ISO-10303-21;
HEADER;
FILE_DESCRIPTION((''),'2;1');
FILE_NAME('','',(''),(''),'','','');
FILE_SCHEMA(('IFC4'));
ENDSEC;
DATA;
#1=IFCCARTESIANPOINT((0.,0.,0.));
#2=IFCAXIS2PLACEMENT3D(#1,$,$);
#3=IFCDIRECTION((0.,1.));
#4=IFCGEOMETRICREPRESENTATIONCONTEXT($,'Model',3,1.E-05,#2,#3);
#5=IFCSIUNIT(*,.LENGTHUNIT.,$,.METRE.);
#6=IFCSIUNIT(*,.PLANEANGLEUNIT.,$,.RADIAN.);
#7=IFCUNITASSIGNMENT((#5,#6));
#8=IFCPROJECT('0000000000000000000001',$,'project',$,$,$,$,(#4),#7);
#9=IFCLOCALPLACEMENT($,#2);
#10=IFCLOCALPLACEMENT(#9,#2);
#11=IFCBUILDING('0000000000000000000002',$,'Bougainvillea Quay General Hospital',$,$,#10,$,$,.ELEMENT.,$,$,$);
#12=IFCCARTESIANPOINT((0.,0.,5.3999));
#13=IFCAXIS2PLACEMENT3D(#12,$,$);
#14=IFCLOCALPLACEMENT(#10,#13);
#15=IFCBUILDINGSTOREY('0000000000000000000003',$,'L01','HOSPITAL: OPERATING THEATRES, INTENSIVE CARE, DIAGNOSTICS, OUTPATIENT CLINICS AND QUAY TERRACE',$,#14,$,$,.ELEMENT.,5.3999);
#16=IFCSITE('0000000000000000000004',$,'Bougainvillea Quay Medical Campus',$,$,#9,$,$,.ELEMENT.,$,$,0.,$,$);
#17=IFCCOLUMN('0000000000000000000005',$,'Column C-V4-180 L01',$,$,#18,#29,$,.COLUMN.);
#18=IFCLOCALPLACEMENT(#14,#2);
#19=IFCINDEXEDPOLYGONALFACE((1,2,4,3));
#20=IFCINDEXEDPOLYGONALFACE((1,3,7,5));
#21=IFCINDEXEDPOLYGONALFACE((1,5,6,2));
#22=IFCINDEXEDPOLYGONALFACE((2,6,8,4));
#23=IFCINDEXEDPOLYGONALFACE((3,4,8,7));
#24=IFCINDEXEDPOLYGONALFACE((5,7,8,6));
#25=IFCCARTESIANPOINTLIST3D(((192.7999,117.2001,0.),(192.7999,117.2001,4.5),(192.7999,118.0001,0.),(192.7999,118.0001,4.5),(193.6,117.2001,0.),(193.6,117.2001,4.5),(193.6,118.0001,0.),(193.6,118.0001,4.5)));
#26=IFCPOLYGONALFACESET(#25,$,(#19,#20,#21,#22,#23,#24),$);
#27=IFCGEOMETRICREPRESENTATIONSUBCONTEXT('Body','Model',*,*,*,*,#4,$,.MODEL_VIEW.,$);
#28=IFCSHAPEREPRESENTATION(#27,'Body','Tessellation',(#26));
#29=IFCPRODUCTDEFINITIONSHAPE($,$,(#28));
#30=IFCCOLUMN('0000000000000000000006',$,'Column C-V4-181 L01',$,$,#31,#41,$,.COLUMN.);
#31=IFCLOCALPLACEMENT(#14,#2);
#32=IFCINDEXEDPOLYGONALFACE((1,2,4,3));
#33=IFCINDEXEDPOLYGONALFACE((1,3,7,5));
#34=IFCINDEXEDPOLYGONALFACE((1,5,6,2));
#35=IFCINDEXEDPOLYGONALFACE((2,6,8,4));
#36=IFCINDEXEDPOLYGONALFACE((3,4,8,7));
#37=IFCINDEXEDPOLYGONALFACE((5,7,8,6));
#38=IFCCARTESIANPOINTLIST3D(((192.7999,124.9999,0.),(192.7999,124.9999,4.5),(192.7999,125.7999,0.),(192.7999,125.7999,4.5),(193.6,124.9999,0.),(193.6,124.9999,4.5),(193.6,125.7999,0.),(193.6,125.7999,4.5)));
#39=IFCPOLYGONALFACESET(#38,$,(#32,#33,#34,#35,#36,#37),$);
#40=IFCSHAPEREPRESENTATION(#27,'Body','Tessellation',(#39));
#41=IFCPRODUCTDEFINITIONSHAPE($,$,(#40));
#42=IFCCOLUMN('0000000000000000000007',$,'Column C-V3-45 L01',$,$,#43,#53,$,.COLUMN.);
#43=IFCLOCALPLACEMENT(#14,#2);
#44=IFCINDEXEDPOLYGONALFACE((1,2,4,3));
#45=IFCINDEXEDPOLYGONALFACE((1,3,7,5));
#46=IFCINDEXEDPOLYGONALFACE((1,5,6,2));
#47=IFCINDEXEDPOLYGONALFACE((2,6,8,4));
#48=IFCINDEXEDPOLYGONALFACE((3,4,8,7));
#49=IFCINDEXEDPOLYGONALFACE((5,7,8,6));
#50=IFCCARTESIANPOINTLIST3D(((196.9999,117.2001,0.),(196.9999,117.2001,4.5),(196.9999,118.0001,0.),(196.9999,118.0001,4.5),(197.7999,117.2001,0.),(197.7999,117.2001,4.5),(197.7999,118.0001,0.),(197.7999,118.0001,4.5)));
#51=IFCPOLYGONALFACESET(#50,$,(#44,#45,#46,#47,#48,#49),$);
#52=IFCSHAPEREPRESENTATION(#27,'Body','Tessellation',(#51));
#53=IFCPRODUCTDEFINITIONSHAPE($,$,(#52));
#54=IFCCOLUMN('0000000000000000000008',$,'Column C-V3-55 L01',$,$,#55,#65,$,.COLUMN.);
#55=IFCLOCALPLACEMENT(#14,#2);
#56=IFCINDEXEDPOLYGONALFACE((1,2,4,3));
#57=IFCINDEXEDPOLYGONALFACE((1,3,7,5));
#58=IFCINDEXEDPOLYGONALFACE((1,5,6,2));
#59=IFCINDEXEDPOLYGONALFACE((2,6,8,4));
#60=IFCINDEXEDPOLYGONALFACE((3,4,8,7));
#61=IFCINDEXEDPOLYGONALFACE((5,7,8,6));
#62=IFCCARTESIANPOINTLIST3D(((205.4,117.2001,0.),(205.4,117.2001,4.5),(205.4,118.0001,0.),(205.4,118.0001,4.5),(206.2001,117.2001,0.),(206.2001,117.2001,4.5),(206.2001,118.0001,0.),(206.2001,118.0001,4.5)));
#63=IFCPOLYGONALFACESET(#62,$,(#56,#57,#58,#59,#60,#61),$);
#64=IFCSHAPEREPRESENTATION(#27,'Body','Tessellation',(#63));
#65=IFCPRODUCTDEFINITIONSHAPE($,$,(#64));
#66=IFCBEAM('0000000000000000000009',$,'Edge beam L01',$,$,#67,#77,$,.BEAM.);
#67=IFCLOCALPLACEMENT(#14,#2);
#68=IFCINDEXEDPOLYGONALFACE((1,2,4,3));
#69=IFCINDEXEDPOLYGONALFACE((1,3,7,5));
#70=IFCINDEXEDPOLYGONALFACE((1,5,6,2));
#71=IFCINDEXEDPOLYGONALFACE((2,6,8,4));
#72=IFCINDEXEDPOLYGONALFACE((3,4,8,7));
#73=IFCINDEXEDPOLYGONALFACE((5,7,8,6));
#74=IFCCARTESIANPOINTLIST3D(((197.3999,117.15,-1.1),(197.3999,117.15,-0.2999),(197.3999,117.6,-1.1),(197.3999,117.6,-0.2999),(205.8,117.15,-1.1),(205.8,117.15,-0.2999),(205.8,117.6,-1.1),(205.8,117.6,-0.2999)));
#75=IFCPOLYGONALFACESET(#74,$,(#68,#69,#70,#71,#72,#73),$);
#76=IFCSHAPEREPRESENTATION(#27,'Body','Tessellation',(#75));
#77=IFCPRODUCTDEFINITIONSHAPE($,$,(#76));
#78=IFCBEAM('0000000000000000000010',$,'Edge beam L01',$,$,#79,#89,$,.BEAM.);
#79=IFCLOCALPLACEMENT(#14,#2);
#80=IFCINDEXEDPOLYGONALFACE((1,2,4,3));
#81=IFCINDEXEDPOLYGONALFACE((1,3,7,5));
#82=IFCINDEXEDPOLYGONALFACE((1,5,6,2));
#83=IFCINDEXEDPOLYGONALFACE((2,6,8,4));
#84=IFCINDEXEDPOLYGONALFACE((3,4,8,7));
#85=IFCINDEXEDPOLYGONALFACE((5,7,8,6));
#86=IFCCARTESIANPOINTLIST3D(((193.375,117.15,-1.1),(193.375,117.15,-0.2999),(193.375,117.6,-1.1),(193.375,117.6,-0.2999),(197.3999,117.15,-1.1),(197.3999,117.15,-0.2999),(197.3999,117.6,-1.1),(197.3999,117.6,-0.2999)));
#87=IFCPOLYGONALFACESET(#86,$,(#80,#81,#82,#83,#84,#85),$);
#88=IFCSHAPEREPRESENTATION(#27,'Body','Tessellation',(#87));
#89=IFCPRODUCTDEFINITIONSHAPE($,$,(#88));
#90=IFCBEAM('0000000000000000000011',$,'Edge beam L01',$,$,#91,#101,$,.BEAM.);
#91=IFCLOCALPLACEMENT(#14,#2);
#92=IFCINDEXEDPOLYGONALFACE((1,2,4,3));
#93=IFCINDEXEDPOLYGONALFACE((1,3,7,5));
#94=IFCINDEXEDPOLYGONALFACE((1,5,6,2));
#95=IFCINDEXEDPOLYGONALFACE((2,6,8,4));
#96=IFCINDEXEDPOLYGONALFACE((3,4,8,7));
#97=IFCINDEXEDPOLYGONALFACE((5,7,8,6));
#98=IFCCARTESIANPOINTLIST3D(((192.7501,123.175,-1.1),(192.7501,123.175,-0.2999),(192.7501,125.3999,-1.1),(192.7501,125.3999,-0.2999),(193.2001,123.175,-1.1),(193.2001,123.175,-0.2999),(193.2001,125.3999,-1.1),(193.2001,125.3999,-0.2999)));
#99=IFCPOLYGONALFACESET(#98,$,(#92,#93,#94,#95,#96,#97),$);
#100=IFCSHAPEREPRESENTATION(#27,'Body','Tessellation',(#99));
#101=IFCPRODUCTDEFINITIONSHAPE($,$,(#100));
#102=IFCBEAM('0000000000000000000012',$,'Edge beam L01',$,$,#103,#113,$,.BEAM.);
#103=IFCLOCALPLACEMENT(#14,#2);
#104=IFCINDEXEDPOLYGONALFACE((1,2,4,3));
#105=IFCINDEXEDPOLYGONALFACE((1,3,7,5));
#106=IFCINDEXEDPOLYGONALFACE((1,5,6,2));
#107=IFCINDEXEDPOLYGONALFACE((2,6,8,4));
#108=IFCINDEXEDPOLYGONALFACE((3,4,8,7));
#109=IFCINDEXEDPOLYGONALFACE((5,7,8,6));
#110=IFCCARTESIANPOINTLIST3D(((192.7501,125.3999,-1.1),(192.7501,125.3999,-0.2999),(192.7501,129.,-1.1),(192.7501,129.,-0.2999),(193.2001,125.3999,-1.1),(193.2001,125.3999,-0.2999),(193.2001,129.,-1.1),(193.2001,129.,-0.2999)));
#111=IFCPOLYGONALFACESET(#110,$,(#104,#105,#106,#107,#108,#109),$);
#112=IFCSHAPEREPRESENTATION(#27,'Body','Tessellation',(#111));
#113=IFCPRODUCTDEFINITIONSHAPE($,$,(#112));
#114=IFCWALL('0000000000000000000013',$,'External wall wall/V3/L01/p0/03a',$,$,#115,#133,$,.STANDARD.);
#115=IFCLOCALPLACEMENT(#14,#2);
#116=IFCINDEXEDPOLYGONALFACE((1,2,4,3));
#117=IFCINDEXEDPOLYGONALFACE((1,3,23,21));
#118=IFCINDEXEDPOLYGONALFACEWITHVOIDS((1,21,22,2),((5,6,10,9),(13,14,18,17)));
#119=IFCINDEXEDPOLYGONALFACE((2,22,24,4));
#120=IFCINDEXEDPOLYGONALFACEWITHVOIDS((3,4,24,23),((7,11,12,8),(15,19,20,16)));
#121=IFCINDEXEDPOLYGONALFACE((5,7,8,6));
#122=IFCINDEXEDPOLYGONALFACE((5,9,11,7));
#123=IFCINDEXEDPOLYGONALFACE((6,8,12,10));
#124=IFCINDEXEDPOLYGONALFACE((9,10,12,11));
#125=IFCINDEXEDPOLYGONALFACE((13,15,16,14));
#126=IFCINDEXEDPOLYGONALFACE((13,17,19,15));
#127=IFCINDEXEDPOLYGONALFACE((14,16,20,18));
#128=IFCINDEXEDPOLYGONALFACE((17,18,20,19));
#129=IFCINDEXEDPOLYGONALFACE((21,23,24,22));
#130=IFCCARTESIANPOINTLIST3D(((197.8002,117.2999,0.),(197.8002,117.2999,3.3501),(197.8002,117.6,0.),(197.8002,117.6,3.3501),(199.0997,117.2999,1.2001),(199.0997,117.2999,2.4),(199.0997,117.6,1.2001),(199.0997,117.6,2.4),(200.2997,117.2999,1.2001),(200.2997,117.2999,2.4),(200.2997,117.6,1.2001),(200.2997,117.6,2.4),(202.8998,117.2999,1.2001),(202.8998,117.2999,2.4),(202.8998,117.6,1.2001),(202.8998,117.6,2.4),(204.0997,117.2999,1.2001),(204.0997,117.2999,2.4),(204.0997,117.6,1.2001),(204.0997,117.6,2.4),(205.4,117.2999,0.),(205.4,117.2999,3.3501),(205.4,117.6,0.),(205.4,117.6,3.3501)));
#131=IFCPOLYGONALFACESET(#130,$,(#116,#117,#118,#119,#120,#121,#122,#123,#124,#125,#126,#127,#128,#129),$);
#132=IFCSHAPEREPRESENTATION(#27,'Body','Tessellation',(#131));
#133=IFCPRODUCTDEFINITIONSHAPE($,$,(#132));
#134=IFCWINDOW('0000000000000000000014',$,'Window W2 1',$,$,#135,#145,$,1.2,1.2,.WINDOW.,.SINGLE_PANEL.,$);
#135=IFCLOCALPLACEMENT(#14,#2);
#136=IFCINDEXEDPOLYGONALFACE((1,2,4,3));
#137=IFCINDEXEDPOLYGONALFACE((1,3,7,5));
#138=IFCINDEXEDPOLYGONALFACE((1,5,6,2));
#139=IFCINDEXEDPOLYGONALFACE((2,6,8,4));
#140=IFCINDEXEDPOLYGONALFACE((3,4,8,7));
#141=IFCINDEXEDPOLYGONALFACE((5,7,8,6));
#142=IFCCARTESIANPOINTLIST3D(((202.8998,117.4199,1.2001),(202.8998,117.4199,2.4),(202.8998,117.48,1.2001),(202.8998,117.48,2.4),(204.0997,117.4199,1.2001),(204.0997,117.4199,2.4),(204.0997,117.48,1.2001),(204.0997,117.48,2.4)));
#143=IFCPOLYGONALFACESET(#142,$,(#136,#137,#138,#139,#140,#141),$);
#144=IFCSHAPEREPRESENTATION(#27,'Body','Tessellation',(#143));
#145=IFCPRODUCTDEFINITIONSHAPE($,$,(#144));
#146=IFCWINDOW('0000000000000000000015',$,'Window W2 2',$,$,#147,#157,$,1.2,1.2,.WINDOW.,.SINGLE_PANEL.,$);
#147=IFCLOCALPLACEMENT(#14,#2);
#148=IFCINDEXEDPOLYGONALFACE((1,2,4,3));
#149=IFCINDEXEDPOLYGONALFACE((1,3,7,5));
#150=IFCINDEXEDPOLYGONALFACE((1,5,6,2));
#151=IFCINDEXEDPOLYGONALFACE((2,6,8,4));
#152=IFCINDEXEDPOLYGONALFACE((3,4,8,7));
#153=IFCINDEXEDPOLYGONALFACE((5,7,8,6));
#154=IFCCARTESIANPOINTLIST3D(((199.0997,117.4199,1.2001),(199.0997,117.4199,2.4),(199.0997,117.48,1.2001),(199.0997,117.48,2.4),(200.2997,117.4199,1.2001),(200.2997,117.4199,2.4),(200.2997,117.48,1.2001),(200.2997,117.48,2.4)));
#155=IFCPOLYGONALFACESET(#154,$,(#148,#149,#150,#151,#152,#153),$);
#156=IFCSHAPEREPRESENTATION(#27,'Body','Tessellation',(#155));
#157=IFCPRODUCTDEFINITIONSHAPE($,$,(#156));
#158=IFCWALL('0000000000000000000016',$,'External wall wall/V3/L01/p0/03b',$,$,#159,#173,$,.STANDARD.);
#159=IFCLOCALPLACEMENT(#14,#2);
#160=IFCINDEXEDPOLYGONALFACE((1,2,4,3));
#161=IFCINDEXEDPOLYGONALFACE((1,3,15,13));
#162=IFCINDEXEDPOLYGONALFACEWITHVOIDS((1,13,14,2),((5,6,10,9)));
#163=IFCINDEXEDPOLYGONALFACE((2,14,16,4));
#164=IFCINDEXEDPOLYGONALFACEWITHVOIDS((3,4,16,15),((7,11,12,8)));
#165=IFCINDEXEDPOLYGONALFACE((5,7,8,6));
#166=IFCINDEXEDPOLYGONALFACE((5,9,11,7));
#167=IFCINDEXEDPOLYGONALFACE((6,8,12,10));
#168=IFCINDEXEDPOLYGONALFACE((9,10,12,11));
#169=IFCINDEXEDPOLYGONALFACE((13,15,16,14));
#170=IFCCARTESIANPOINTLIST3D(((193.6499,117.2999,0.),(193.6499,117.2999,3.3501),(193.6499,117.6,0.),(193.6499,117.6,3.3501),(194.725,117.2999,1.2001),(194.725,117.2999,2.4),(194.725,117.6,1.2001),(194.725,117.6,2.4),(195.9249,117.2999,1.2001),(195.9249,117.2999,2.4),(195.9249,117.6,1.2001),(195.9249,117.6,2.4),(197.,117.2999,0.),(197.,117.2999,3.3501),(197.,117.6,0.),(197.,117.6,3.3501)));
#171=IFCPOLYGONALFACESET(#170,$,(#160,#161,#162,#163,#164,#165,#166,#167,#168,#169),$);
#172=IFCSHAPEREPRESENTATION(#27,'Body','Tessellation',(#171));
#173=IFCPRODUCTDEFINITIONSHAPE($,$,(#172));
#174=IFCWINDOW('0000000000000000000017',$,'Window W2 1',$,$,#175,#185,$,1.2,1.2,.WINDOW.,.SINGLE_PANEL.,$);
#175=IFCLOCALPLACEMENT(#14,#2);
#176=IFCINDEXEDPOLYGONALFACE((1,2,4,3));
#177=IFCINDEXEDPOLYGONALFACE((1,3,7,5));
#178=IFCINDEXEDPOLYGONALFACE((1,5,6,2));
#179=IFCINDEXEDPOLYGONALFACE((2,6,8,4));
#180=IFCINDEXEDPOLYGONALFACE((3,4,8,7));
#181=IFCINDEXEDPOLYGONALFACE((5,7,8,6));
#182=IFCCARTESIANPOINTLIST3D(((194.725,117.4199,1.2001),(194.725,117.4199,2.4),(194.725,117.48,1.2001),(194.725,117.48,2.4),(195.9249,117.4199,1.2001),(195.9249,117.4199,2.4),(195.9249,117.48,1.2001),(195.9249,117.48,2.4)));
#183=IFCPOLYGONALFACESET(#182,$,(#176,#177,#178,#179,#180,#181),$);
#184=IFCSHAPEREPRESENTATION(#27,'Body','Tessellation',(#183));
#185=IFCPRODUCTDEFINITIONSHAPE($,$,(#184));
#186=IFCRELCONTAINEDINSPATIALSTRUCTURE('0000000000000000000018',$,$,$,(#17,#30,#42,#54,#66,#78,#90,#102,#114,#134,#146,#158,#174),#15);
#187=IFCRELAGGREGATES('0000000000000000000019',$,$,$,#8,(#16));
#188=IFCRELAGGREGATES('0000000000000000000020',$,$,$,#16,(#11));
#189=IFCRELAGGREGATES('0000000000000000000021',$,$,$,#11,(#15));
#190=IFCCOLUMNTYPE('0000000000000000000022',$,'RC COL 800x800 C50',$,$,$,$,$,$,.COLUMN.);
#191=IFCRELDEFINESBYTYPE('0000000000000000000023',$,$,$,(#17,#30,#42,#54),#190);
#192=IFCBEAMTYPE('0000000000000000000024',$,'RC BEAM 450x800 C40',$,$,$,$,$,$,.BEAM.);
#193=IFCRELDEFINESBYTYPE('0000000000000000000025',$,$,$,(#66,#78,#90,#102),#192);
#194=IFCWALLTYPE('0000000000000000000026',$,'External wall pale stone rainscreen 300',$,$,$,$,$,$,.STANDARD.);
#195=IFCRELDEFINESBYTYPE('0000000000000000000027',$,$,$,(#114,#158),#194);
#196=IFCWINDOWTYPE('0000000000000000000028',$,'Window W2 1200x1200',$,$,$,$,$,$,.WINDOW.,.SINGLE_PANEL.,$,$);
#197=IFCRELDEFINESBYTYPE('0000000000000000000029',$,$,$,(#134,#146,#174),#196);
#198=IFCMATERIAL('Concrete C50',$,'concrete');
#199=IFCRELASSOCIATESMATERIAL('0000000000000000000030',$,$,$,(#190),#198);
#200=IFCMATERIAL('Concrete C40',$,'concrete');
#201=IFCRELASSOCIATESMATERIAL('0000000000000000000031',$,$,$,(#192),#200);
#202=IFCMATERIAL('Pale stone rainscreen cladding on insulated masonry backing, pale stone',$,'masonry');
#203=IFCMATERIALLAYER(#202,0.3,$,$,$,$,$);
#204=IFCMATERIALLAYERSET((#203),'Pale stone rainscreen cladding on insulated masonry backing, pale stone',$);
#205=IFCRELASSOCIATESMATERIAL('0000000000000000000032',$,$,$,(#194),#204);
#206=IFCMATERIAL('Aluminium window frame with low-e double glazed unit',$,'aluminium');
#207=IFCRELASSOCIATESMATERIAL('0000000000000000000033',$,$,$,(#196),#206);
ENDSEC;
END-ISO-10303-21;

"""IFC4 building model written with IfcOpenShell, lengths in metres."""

from ifc_helpers import new_model, si_unit, direction, frame, frame_2d, origin, origin_2d, place, context, subcontext, project, spatial, rectangle, extrude, material, layer, layer_set, material_profile, profile_set, type_object, element, fill, save


model = new_model("IFC4")

# Units and contexts
model_context = context("Model", 3, precision=1e-05, world=origin(), true_north=direction((0.0, 1.0)))
body_context = subcontext(model_context, "Body", "Model", "MODEL_VIEW")
ifc_project = project(units=[si_unit("LENGTHUNIT", "METRE"), si_unit("PLANEANGLEUNIT", "RADIAN")], contexts=[model_context])

# Site, building, storey
site_placement = place(None, origin())
site = spatial("IfcSite", under=ifc_project, at=site_placement, Name="Bougainvillea Quay Medical Campus", CompositionType="ELEMENT", RefElevation=0.0)
building_placement = place(site_placement, origin())
building = spatial("IfcBuilding", under=site, at=building_placement, Name="Bougainvillea Quay General Hospital", CompositionType="ELEMENT")
storey_placement = place(building_placement, frame((0.0, 0.0, 5.3999)))
storey = spatial("IfcBuildingStorey", under=building, at=storey_placement, Name="L01", Description="HOSPITAL: OPERATING THEATRES, INTENSIVE CARE, DIAGNOSTICS, OUTPATIENT CLINICS AND QUAY TERRACE", CompositionType="ELEMENT", Elevation=5.3999)

# Columns
ifc_material_1 = material(Name="Concrete C50", Category="concrete")
ifc_material_profile_1 = material_profile(ifc_material_1, rectangle(XDim=0.8, YDim=0.8, at=origin_2d()))
ifc_profile_set_1 = profile_set([ifc_material_profile_1], Name="Concrete C50")
column_type = type_object("IfcColumnType", Name="RC COL 800x800 C50", PredefinedType="COLUMN", material=ifc_profile_set_1)
for number, where, z_axis, x_axis, name in (
    (1, (193.2, 117.6001, 0.0), (0.0, 0.0, 1.0), (1.0, 0.0, 0.0), "Column C-V4-180 L01"),
    (2, (193.2, 125.3999, 0.0), (0.0, 0.0, 1.0), (1.0, 0.0, 0.0), "Column C-V4-181 L01"),
    (3, (197.3999, 117.6001, 0.0), (0.0, 0.0, 1.0), (1.0, 0.0, 0.0), "Column C-V3-45 L01"),
    (4, (205.8, 117.6001, 0.0), (0.0, 0.0, 1.0), (1.0, 0.0, 0.0), "Column C-V3-55 L01"),
):
    element("IfcColumn", number, at=place(storey_placement, frame(where, z_axis=z_axis, x_axis=x_axis)), inside=storey, type_object=column_type, Name=name, PredefinedType="COLUMN", context=body_context, shape_type="SweptSolid", body=[
        extrude(rectangle(XDim=0.8, YDim=0.8, at=origin_2d()), origin(), (0.0, 0.0, 1.0), 4.5),
    ])

# Beams
ifc_material_2 = material(Name="Concrete C40", Category="concrete")
ifc_material_profile_2 = material_profile(ifc_material_2, rectangle(XDim=0.45, YDim=0.8, at=origin_2d()))
ifc_profile_set_2 = profile_set([ifc_material_profile_2], Name="Concrete C40")
beam_type = type_object("IfcBeamType", Name="RC BEAM 450x800 C40", PredefinedType="BEAM", material=ifc_profile_set_2)
beam_1_placement = place(storey_placement, frame((205.8, 117.375, -0.7), z_axis=(-1.0, 0.0, 0.0), x_axis=(0.0, -1.0, 0.0)))
element("IfcBeam", 5, at=beam_1_placement, inside=storey, type_object=beam_type, Name="Edge beam L01", PredefinedType="BEAM", context=body_context, shape_type="SweptSolid", body=[
    extrude(rectangle(XDim=0.45, YDim=0.8, at=origin_2d()), origin(), (0.0, 0.0, 1.0), 8.4001),
])
beam_2_placement = place(storey_placement, frame((197.3999, 117.375, -0.7), z_axis=(-1.0, 0.0, 0.0), x_axis=(0.0, -1.0, 0.0)))
element("IfcBeam", 6, at=beam_2_placement, inside=storey, type_object=beam_type, Name="Edge beam L01", PredefinedType="BEAM", context=body_context, shape_type="SweptSolid", body=[
    extrude(rectangle(XDim=0.45, YDim=0.8, at=origin_2d()), origin(), (0.0, 0.0, 1.0), 4.0249),
])
beam_3_placement = place(storey_placement, frame((192.9751, 123.175, -0.7), z_axis=(0.0, 1.0, 0.0), x_axis=(-1.0, 0.0, 0.0)))
element("IfcBeam", 7, at=beam_3_placement, inside=storey, type_object=beam_type, Name="Edge beam L01", PredefinedType="BEAM", context=body_context, shape_type="SweptSolid", body=[
    extrude(rectangle(XDim=0.45, YDim=0.8, at=origin_2d()), origin(), (0.0, 0.0, 1.0), 2.2249),
])
beam_4_placement = place(storey_placement, frame((192.9751, 125.3999, -0.7), z_axis=(0.0, 1.0, 0.0), x_axis=(-1.0, 0.0, 0.0)))
element("IfcBeam", 8, at=beam_4_placement, inside=storey, type_object=beam_type, Name="Edge beam L01", PredefinedType="BEAM", context=body_context, shape_type="SweptSolid", body=[
    extrude(rectangle(XDim=0.45, YDim=0.8, at=origin_2d()), origin(), (0.0, 0.0, 1.0), 3.6001),
])

# Wall, openings, windows
ifc_material_3 = material(Name="Pale stone rainscreen cladding on insulated masonry backing, pale stone", Category="masonry")
ifc_layer_1 = layer(ifc_material_3, 0.3)
ifc_layer_set_1 = layer_set([ifc_layer_1], Name="Pale stone rainscreen cladding on insulated masonry backing, pale stone")
wall_type_1 = type_object("IfcWallType", Name="External wall pale stone rainscreen 300", PredefinedType="STANDARD", material=ifc_layer_set_1)
wall_1_placement = place(storey_placement, frame((205.3999, 117.45, 0.0), z_axis=(0.0, 0.0, 1.0), x_axis=(-1.0, 0.0, 0.0)))
wall_1 = element("IfcWall", 9, at=wall_1_placement, inside=storey, type_object=wall_type_1, Name="External wall wall/V3/L01/p0/03a", PredefinedType="STANDARD", context=body_context, shape_type="SweptSolid", body=[
    extrude(rectangle(XDim=7.5999, YDim=0.3, at=frame_2d((3.7998, 0.0))), origin(), (0.0, 0.0, 1.0), 3.3501),
])
opening_1_placement = place(wall_1_placement, frame((1.3, 0.0, 1.2)))
opening_1 = element("IfcOpeningElement", 10, at=opening_1_placement, cuts=wall_1, PredefinedType="OPENING", context=body_context, shape_type="SweptSolid", body=[
    extrude(rectangle(XDim=1.2, YDim=1.2, at=frame_2d((0.6001, 0.6001))), frame((0.0, 0.1599, 0.0), z_axis=(0.0, -1.0, 0.0), x_axis=(1.0, 0.0, 0.0)), (0.0, 0.0, 1.0), 0.3201),
])
opening_2_placement = place(wall_1_placement, frame((5.1001, 0.0, 1.2)))
opening_2 = element("IfcOpeningElement", 11, at=opening_2_placement, cuts=wall_1, PredefinedType="OPENING", context=body_context, shape_type="SweptSolid", body=[
    extrude(rectangle(XDim=1.2, YDim=1.2, at=frame_2d((0.6001, 0.6001))), frame((0.0, 0.1599, 0.0), z_axis=(0.0, -1.0, 0.0), x_axis=(1.0, 0.0, 0.0)), (0.0, 0.0, 1.0), 0.3201),
])
ifc_material_4 = material(Name="Aluminium window frame with low-e double glazed unit", Category="aluminium")
window_type_1 = type_object("IfcWindowType", Name="Window W2 1200x1200", PartitioningType="SINGLE_PANEL", PredefinedType="WINDOW", material=ifc_material_4)
window_1_placement = place(opening_1_placement, origin())
window_1 = element("IfcWindow", 12, at=window_1_placement, inside=storey, type_object=window_type_1, Name="Window W2 1", OverallHeight=1.2, OverallWidth=1.2, PartitioningType="SINGLE_PANEL", PredefinedType="WINDOW", context=body_context, shape_type="SweptSolid", body=[
    extrude(rectangle(XDim=1.2, YDim=1.2, at=frame_2d((0.6001, 0.6001))), frame((0.0, 0.03, 0.0), z_axis=(0.0, -1.0, 0.0), x_axis=(1.0, 0.0, 0.0)), (0.0, 0.0, 1.0), 0.0601),
])
fill(opening_1, window_1)
window_2_placement = place(opening_2_placement, origin())
window_2 = element("IfcWindow", 13, at=window_2_placement, inside=storey, type_object=window_type_1, Name="Window W2 2", OverallHeight=1.2, OverallWidth=1.2, PartitioningType="SINGLE_PANEL", PredefinedType="WINDOW", context=body_context, shape_type="SweptSolid", body=[
    extrude(rectangle(XDim=1.2, YDim=1.2, at=frame_2d((0.6001, 0.6001))), frame((0.0, 0.03, 0.0), z_axis=(0.0, -1.0, 0.0), x_axis=(1.0, 0.0, 0.0)), (0.0, 0.0, 1.0), 0.0601),
])
fill(opening_2, window_2)

# Wall, opening, window
wall_2_placement = place(storey_placement, frame((197.0, 117.45, 0.0), z_axis=(0.0, 0.0, 1.0), x_axis=(-1.0, 0.0, 0.0)))
wall_2 = element("IfcWall", 14, at=wall_2_placement, inside=storey, type_object=wall_type_1, Name="External wall wall/V3/L01/p0/03b", PredefinedType="STANDARD", context=body_context, shape_type="SweptSolid", body=[
    extrude(rectangle(XDim=3.3501, YDim=0.3, at=frame_2d((1.675, 0.0))), origin(), (0.0, 0.0, 1.0), 3.3501),
])
opening_3_placement = place(wall_2_placement, frame((1.075, 0.0, 1.2)))
opening_3 = element("IfcOpeningElement", 15, at=opening_3_placement, cuts=wall_2, PredefinedType="OPENING", context=body_context, shape_type="SweptSolid", body=[
    extrude(rectangle(XDim=1.2, YDim=1.2, at=frame_2d((0.6001, 0.6001))), frame((0.0, 0.1599, 0.0), z_axis=(0.0, -1.0, 0.0), x_axis=(1.0, 0.0, 0.0)), (0.0, 0.0, 1.0), 0.3201),
])
window_3_placement = place(opening_3_placement, origin())
window_3 = element("IfcWindow", 16, at=window_3_placement, inside=storey, type_object=window_type_1, Name="Window W2 1", OverallHeight=1.2, OverallWidth=1.2, PartitioningType="SINGLE_PANEL", PredefinedType="WINDOW", context=body_context, shape_type="SweptSolid", body=[
    extrude(rectangle(XDim=1.2, YDim=1.2, at=frame_2d((0.6001, 0.6001))), frame((0.0, 0.03, 0.0), z_axis=(0.0, -1.0, 0.0), x_axis=(1.0, 0.0, 0.0)), (0.0, 0.0, 1.0), 0.0601),
])
fill(opening_3, window_3)

save(model, "model.ifc")
